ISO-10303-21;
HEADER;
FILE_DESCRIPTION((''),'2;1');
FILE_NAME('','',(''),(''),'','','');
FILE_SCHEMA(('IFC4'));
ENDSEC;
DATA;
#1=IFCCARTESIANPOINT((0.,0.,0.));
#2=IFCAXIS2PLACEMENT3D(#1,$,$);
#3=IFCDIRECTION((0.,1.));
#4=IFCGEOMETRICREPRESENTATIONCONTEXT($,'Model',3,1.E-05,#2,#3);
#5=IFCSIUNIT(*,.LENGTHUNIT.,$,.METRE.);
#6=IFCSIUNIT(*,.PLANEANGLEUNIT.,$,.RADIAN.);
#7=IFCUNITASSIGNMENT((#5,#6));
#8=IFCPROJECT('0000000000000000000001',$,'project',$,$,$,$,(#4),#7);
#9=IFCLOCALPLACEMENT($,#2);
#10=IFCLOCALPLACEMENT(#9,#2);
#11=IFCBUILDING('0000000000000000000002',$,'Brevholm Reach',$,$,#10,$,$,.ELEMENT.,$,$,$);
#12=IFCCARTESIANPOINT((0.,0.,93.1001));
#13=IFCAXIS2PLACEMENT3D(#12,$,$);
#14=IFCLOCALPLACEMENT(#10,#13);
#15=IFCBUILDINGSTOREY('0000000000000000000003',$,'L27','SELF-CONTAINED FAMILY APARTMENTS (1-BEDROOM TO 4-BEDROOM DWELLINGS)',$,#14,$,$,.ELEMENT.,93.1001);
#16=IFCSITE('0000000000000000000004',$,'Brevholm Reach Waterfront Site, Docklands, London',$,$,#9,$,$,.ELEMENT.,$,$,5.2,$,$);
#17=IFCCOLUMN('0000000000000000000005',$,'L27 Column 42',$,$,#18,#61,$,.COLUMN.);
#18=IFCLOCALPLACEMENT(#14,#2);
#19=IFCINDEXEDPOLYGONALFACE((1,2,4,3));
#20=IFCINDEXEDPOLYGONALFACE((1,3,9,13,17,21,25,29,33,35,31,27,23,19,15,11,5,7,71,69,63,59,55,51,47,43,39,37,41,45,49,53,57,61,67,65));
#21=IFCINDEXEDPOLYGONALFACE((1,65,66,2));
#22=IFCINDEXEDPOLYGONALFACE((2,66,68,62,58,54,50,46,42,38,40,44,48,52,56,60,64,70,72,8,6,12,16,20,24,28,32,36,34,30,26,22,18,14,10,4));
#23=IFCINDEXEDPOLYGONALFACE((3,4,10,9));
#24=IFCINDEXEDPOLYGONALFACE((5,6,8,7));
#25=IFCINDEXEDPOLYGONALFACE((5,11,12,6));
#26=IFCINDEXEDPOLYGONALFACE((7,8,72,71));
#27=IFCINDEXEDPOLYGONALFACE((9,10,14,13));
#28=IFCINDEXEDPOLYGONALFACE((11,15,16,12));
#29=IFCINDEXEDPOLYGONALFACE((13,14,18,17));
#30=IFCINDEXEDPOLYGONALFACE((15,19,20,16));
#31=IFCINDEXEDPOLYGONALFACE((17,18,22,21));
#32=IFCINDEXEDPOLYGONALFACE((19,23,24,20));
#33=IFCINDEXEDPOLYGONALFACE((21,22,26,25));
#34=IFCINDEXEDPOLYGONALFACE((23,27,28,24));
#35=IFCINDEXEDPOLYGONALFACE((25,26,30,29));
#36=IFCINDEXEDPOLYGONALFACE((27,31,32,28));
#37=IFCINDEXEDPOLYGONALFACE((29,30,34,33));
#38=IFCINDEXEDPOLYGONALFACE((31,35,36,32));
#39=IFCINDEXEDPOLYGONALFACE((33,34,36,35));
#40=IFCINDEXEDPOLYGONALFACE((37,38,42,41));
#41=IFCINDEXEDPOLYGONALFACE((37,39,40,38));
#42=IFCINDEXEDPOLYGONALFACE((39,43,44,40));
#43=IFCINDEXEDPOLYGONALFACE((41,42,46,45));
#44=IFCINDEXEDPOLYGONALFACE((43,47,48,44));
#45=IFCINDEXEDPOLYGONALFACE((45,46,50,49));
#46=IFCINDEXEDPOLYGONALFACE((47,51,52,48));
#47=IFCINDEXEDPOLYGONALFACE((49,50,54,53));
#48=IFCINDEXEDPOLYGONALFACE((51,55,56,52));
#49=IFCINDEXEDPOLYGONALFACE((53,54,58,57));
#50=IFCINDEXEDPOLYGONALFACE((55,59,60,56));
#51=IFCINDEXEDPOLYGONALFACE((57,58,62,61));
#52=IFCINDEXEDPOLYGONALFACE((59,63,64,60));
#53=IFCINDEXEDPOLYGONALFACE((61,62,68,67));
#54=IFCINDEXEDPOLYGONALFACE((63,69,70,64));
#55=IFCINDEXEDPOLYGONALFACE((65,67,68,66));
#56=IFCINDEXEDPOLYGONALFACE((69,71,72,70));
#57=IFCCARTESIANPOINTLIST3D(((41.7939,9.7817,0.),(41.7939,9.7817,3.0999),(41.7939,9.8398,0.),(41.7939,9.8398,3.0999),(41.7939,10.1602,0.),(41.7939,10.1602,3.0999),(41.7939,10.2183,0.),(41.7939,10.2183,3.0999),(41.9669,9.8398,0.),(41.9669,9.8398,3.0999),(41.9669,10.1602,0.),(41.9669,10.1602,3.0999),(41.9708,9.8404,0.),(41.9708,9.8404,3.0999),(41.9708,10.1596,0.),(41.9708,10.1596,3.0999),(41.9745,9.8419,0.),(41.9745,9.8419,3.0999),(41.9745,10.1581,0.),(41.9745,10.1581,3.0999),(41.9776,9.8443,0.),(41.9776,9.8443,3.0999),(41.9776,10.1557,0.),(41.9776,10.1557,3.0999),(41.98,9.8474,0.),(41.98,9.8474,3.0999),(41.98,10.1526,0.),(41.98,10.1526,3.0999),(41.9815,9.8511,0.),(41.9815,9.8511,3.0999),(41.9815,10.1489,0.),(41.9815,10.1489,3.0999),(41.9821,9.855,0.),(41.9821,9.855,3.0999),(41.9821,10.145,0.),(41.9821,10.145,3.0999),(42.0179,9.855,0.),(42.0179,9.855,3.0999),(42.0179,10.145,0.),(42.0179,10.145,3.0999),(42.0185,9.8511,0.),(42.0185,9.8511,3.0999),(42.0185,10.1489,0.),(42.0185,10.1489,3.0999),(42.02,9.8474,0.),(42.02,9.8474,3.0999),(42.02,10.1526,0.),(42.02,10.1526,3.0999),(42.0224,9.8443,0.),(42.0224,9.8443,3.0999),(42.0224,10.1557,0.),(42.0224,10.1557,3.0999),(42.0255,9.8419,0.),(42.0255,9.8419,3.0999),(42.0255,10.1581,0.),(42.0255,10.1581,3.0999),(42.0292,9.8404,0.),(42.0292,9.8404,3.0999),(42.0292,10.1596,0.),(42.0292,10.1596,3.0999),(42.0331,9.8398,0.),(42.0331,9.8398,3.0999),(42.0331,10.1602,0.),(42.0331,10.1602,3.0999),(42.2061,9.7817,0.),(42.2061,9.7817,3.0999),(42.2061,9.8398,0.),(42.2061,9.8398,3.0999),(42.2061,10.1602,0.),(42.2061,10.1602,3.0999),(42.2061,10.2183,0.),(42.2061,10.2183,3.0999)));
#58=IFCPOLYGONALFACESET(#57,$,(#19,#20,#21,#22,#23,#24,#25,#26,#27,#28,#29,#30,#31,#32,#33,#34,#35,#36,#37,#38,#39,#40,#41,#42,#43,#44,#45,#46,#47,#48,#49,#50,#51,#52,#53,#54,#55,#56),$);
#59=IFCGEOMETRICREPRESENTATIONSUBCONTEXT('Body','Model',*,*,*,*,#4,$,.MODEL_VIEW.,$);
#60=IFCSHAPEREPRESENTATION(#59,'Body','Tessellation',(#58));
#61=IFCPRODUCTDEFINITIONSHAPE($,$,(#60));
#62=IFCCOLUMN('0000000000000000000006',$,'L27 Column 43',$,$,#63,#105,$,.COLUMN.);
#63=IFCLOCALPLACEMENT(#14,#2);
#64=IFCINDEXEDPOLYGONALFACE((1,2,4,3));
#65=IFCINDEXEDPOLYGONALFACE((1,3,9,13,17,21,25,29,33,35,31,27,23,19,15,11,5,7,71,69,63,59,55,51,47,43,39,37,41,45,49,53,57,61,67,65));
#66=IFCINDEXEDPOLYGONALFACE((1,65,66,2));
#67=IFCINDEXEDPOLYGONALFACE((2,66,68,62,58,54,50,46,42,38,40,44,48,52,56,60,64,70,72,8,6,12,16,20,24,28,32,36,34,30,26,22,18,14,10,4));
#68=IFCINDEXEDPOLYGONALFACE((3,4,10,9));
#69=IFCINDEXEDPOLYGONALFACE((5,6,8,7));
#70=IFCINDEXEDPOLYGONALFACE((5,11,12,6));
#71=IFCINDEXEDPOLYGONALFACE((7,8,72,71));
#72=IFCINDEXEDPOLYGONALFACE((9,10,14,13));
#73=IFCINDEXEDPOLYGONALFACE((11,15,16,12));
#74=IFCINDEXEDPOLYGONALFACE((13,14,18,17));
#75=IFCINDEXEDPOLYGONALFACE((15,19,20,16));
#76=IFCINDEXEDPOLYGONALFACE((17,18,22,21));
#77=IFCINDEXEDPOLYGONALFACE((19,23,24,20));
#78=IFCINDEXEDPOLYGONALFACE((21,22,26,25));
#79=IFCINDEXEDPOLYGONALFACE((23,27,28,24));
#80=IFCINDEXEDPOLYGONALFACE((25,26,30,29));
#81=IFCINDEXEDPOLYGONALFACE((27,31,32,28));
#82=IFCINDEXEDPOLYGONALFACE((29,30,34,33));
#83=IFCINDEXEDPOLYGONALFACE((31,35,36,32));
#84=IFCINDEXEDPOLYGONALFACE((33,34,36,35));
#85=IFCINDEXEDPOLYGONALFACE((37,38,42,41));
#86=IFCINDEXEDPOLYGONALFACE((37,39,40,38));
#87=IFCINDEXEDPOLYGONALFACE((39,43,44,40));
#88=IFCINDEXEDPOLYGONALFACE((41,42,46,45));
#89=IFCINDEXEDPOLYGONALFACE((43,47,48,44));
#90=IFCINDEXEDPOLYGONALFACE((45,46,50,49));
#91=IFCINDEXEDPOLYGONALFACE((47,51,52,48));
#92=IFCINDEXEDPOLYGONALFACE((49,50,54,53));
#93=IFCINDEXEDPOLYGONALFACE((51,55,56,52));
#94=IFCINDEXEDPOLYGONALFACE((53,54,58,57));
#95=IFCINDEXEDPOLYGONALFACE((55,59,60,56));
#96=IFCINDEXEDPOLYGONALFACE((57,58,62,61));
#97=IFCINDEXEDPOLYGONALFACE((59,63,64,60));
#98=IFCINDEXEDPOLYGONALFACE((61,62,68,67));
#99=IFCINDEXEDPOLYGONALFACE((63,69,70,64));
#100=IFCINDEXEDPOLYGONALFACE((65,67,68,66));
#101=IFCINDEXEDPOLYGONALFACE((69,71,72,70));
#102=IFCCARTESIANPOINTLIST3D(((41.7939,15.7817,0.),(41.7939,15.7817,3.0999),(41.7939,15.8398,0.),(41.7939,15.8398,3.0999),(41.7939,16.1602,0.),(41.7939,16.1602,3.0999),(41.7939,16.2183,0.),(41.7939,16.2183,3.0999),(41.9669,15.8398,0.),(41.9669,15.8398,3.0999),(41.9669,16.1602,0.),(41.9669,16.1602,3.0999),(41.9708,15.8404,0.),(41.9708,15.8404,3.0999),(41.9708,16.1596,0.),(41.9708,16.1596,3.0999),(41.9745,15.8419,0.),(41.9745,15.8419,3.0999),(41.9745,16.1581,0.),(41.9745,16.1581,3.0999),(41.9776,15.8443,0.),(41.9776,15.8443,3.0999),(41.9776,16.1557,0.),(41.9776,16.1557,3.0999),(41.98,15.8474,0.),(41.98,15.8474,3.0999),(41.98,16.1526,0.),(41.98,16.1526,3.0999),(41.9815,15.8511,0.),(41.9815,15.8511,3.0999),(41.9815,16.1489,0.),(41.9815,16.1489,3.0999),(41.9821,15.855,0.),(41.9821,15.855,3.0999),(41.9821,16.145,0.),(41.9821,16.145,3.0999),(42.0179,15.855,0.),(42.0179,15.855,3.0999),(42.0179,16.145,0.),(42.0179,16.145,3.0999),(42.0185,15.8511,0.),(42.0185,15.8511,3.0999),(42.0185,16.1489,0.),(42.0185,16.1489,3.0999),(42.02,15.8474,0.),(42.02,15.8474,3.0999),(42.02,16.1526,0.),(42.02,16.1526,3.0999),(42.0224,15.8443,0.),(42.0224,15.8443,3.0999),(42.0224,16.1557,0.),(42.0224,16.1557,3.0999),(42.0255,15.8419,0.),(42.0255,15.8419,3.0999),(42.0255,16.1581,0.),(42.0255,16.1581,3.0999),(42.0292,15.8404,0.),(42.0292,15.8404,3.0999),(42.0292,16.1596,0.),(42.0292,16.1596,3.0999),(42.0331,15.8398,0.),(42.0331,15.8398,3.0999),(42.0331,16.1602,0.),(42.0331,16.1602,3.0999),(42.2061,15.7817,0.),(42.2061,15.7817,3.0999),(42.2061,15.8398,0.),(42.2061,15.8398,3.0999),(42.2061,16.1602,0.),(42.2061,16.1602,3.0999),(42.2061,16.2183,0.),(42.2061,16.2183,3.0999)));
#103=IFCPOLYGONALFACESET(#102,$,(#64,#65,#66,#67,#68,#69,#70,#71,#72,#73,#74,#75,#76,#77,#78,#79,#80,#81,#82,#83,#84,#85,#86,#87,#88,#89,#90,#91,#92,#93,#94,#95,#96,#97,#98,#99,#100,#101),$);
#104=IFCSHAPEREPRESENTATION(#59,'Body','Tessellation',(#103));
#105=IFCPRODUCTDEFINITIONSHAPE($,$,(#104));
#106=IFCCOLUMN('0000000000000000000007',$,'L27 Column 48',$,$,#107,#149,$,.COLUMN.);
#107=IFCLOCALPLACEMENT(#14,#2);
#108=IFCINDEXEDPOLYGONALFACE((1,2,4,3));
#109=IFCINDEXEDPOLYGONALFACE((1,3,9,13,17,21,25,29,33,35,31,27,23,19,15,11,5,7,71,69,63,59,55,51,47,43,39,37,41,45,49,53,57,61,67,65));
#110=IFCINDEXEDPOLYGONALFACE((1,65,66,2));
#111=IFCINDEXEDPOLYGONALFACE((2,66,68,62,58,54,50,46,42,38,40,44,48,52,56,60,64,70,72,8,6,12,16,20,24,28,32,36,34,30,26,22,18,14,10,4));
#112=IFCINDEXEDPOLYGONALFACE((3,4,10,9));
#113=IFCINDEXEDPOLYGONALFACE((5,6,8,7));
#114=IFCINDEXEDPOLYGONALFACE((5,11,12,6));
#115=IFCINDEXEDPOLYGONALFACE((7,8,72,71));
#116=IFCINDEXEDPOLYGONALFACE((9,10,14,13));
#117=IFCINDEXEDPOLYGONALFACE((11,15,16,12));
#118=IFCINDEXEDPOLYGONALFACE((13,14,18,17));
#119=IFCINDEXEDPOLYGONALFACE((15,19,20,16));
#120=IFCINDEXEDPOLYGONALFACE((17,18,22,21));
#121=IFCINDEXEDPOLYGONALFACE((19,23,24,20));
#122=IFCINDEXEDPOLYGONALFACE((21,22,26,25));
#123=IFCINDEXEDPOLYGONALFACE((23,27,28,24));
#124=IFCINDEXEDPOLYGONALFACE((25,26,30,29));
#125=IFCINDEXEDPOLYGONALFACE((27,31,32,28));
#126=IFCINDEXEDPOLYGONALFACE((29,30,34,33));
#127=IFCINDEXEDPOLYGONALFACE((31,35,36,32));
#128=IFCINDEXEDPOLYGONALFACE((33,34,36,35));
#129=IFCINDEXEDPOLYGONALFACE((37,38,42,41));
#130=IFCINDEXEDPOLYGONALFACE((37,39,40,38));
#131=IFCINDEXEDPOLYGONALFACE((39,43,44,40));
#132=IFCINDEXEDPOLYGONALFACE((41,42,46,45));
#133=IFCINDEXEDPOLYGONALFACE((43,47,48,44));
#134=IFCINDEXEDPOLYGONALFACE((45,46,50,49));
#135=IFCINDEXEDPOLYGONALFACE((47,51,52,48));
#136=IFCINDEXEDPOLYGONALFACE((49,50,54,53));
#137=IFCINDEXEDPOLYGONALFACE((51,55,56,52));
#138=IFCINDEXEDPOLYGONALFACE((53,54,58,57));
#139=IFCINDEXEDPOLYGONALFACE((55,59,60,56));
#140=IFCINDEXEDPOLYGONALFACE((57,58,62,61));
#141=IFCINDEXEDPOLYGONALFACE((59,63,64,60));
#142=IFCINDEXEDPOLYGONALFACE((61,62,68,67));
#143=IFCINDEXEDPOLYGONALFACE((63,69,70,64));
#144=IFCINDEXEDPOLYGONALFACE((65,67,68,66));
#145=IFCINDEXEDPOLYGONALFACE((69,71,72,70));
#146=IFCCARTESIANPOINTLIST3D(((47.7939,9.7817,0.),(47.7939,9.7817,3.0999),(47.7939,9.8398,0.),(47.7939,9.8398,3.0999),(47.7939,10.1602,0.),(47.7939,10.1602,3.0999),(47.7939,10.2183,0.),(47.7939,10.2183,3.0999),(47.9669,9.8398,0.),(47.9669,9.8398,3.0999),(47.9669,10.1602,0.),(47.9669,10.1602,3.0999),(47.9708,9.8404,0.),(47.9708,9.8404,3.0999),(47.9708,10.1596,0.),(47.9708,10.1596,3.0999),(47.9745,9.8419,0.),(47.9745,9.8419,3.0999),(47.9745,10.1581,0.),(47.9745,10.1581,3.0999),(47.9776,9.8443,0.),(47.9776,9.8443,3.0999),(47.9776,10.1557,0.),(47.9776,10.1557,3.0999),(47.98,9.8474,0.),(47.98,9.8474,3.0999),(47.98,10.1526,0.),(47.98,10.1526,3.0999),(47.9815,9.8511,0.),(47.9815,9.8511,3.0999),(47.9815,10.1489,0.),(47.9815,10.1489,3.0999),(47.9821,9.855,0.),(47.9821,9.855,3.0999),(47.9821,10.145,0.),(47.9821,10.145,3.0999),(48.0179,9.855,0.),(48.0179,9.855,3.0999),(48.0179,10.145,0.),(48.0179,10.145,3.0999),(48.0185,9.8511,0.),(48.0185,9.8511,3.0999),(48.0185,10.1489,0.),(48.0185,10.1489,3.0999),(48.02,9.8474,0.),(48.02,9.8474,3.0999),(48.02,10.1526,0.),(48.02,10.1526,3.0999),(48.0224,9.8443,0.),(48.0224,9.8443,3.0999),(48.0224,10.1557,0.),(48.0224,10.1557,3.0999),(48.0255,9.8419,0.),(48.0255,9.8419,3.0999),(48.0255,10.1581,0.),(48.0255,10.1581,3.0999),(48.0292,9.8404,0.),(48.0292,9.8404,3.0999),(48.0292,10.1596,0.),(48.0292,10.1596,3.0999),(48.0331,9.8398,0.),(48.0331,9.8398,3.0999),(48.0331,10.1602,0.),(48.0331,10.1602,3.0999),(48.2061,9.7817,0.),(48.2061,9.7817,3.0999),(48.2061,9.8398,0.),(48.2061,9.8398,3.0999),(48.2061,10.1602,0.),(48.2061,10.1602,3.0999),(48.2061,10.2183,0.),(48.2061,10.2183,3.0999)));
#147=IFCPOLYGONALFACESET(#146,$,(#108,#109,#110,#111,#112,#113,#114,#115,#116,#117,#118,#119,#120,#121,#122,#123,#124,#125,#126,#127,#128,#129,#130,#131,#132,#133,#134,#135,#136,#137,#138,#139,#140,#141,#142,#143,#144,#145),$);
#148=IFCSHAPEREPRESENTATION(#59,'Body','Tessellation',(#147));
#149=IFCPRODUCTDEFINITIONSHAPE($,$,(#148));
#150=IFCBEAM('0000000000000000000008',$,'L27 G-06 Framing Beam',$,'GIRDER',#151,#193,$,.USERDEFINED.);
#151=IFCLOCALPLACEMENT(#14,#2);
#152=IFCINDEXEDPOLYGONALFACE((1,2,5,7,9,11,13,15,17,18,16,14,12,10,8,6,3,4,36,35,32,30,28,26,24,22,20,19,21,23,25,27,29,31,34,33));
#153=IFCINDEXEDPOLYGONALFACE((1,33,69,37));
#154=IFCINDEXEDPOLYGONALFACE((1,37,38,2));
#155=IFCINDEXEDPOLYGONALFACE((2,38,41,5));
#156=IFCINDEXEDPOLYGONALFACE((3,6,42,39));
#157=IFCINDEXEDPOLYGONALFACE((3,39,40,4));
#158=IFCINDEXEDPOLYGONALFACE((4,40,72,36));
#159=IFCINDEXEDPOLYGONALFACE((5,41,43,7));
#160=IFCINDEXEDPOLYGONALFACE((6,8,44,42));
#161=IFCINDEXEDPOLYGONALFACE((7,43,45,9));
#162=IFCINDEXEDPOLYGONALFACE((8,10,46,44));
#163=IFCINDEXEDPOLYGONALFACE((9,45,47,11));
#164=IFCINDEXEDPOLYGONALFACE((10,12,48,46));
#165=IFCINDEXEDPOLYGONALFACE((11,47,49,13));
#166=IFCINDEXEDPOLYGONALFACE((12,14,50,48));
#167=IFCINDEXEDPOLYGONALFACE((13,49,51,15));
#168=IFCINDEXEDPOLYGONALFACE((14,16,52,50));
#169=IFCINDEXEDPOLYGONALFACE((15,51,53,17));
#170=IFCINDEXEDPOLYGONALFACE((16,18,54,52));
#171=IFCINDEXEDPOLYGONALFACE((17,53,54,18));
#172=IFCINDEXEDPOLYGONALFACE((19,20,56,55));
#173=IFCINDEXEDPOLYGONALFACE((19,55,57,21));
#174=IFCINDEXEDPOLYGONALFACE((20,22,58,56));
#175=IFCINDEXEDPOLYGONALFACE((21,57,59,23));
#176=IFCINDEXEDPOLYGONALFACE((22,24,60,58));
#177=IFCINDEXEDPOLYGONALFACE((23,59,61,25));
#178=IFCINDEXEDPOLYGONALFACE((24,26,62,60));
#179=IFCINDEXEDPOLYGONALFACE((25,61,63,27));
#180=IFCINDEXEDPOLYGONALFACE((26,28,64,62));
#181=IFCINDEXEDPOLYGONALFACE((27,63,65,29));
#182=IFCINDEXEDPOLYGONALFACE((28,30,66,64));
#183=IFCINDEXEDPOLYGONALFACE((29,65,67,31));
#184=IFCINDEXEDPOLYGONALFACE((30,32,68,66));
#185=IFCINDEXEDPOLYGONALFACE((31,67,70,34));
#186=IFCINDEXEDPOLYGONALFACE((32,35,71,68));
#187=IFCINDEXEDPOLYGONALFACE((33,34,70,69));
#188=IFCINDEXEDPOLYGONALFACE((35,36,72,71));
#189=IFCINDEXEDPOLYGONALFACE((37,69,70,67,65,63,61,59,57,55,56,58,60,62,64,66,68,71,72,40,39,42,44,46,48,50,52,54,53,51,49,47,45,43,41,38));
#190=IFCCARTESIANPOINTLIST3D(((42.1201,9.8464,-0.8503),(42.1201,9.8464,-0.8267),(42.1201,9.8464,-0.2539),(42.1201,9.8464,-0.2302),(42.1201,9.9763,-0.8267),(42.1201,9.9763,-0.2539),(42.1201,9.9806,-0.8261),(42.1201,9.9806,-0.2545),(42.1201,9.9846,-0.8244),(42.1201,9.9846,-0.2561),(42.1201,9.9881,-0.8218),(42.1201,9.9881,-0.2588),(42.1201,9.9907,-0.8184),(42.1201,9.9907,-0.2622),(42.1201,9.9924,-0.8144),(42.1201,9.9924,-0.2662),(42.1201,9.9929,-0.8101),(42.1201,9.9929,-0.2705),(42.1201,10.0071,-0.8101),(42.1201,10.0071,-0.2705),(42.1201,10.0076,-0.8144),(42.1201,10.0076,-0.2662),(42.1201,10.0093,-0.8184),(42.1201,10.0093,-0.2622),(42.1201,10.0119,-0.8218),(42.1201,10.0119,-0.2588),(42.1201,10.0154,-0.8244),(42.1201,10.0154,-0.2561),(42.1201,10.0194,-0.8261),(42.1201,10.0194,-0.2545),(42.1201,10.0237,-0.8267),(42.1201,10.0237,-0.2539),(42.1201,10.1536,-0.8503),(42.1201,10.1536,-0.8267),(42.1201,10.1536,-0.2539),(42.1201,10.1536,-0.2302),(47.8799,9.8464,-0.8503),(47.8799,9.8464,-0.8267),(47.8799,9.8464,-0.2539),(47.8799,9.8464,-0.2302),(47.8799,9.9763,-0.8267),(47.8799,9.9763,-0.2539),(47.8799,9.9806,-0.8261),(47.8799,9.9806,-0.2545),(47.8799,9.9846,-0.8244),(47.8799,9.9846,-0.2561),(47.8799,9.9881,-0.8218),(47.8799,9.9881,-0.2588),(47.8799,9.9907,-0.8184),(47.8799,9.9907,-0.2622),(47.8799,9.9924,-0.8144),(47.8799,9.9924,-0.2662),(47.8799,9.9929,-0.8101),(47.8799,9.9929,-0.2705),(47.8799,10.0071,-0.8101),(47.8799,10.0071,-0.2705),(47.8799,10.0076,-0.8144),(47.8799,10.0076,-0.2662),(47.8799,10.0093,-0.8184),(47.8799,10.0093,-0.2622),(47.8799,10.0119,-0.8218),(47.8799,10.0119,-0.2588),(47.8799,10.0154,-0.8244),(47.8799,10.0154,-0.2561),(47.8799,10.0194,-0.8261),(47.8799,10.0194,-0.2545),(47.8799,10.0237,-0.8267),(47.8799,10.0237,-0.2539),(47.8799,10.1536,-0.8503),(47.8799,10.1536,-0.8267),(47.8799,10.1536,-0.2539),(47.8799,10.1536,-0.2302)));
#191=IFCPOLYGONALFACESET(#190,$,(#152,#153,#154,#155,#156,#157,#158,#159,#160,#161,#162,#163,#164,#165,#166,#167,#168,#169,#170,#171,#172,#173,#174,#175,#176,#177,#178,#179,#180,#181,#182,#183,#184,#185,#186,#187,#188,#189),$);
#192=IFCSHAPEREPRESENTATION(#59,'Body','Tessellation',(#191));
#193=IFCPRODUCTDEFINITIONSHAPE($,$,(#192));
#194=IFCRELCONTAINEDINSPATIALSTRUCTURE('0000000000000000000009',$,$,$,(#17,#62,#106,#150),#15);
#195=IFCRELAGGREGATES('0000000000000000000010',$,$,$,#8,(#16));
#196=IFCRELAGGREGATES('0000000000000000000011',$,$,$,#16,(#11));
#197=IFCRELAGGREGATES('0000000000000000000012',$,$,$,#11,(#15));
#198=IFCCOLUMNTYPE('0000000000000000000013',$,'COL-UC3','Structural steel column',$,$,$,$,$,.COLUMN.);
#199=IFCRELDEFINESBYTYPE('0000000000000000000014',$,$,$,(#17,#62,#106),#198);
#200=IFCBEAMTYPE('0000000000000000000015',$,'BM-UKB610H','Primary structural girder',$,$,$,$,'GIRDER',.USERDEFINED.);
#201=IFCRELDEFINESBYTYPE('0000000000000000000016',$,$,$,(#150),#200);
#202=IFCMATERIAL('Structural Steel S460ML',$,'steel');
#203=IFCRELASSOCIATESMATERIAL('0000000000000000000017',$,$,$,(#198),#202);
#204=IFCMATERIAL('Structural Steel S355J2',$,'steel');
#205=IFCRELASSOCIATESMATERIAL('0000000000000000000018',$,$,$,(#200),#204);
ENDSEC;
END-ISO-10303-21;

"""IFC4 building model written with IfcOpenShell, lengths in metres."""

from ifc_helpers import new_model, si_unit, direction, frame, origin, origin_2d, place, context, subcontext, project, spatial, i_section, extrude, material, material_profile, profile_set, type_object, element, save


model = new_model("IFC4")

# Units and contexts
model_context = context("Model", 3, precision=1e-05, world=origin(), true_north=direction((0.0, 1.0)))
body_context = subcontext(model_context, "Body", "Model", "MODEL_VIEW")
ifc_project = project(units=[si_unit("LENGTHUNIT", "METRE"), si_unit("PLANEANGLEUNIT", "RADIAN")], contexts=[model_context])

# Site, building, storey
site_placement = place(None, origin())
site = spatial("IfcSite", under=ifc_project, at=site_placement, Name="Brevholm Reach Waterfront Site, Docklands, London", CompositionType="ELEMENT", RefElevation=5.2)
building_placement = place(site_placement, origin())
building = spatial("IfcBuilding", under=site, at=building_placement, Name="Brevholm Reach", CompositionType="ELEMENT")
storey_placement = place(building_placement, frame((0.0, 0.0, 93.1001)))
storey = spatial("IfcBuildingStorey", under=building, at=storey_placement, Name="L27", Description="SELF-CONTAINED FAMILY APARTMENTS (1-BEDROOM TO 4-BEDROOM DWELLINGS)", CompositionType="ELEMENT", Elevation=93.1001)

# Columns
ifc_material_1 = material(Name="Structural Steel S460ML", Category="steel")
ifc_material_profile_1 = material_profile(ifc_material_1, i_section(OverallWidth=0.4121, OverallDepth=0.4365, WebThickness=0.0359, FlangeThickness=0.0581, FilletRadius=0.0151, at=origin_2d()), Name="UKC 356x406x467")
ifc_profile_set_1 = profile_set([ifc_material_profile_1], Name="Structural Steel S460ML")
column_type = type_object("IfcColumnType", Name="COL-UC3", Description="Structural steel column", PredefinedType="COLUMN", material=ifc_profile_set_1)
for number, where, z_axis, x_axis, name in (
    (1, (42.0, 10.0, 0.0), (0.0, 0.0, 1.0), (1.0, 0.0, 0.0), "L27 Column 42"),
    (2, (42.0, 16.0, 0.0), (0.0, 0.0, 1.0), (1.0, 0.0, 0.0), "L27 Column 43"),
    (3, (48.0, 10.0, 0.0), (0.0, 0.0, 1.0), (1.0, 0.0, 0.0), "L27 Column 48"),
):
    element("IfcColumn", number, at=place(storey_placement, frame(where, z_axis=z_axis, x_axis=x_axis)), inside=storey, type_object=column_type, Name=name, PredefinedType="COLUMN", context=body_context, shape_type="SweptSolid", body=[
        extrude(i_section(OverallWidth=0.4121, OverallDepth=0.4365, WebThickness=0.0359, FlangeThickness=0.0581, FilletRadius=0.0151, at=origin_2d()), origin(), (0.0, 0.0, 1.0), 3.0999),
    ])

# Beam
ifc_material_2 = material(Name="Structural Steel S355J2", Category="steel")
ifc_material_profile_2 = material_profile(ifc_material_2, i_section(OverallWidth=0.3071, OverallDepth=0.6201, WebThickness=0.0142, FlangeThickness=0.0237, FilletRadius=0.0166, at=origin_2d()), Name="UKB 610x305x179")
ifc_profile_set_2 = profile_set([ifc_material_profile_2], Name="Structural Steel S355J2")
beam_type = type_object("IfcBeamType", Name="BM-UKB610H", Description="Primary structural girder", ElementType="GIRDER", PredefinedType="USERDEFINED", material=ifc_profile_set_2)
for number, where, z_axis, x_axis, name in (
    (4, (42.1201, 10.0, -0.5403), (1.0, 0.0, 0.0), (0.0, 1.0, 0.0), "L27 G-06 Framing Beam"),
):
    element("IfcBeam", number, at=place(storey_placement, frame(where, z_axis=z_axis, x_axis=x_axis)), inside=storey, type_object=beam_type, Name=name, ObjectType="GIRDER", PredefinedType="USERDEFINED", context=body_context, shape_type="SweptSolid", body=[
        extrude(i_section(OverallWidth=0.3071, OverallDepth=0.6201, WebThickness=0.0142, FlangeThickness=0.0237, FilletRadius=0.0166, at=origin_2d()), origin(), (0.0, 0.0, 1.0), 5.7598),
    ])

save(model, "model.ifc")
